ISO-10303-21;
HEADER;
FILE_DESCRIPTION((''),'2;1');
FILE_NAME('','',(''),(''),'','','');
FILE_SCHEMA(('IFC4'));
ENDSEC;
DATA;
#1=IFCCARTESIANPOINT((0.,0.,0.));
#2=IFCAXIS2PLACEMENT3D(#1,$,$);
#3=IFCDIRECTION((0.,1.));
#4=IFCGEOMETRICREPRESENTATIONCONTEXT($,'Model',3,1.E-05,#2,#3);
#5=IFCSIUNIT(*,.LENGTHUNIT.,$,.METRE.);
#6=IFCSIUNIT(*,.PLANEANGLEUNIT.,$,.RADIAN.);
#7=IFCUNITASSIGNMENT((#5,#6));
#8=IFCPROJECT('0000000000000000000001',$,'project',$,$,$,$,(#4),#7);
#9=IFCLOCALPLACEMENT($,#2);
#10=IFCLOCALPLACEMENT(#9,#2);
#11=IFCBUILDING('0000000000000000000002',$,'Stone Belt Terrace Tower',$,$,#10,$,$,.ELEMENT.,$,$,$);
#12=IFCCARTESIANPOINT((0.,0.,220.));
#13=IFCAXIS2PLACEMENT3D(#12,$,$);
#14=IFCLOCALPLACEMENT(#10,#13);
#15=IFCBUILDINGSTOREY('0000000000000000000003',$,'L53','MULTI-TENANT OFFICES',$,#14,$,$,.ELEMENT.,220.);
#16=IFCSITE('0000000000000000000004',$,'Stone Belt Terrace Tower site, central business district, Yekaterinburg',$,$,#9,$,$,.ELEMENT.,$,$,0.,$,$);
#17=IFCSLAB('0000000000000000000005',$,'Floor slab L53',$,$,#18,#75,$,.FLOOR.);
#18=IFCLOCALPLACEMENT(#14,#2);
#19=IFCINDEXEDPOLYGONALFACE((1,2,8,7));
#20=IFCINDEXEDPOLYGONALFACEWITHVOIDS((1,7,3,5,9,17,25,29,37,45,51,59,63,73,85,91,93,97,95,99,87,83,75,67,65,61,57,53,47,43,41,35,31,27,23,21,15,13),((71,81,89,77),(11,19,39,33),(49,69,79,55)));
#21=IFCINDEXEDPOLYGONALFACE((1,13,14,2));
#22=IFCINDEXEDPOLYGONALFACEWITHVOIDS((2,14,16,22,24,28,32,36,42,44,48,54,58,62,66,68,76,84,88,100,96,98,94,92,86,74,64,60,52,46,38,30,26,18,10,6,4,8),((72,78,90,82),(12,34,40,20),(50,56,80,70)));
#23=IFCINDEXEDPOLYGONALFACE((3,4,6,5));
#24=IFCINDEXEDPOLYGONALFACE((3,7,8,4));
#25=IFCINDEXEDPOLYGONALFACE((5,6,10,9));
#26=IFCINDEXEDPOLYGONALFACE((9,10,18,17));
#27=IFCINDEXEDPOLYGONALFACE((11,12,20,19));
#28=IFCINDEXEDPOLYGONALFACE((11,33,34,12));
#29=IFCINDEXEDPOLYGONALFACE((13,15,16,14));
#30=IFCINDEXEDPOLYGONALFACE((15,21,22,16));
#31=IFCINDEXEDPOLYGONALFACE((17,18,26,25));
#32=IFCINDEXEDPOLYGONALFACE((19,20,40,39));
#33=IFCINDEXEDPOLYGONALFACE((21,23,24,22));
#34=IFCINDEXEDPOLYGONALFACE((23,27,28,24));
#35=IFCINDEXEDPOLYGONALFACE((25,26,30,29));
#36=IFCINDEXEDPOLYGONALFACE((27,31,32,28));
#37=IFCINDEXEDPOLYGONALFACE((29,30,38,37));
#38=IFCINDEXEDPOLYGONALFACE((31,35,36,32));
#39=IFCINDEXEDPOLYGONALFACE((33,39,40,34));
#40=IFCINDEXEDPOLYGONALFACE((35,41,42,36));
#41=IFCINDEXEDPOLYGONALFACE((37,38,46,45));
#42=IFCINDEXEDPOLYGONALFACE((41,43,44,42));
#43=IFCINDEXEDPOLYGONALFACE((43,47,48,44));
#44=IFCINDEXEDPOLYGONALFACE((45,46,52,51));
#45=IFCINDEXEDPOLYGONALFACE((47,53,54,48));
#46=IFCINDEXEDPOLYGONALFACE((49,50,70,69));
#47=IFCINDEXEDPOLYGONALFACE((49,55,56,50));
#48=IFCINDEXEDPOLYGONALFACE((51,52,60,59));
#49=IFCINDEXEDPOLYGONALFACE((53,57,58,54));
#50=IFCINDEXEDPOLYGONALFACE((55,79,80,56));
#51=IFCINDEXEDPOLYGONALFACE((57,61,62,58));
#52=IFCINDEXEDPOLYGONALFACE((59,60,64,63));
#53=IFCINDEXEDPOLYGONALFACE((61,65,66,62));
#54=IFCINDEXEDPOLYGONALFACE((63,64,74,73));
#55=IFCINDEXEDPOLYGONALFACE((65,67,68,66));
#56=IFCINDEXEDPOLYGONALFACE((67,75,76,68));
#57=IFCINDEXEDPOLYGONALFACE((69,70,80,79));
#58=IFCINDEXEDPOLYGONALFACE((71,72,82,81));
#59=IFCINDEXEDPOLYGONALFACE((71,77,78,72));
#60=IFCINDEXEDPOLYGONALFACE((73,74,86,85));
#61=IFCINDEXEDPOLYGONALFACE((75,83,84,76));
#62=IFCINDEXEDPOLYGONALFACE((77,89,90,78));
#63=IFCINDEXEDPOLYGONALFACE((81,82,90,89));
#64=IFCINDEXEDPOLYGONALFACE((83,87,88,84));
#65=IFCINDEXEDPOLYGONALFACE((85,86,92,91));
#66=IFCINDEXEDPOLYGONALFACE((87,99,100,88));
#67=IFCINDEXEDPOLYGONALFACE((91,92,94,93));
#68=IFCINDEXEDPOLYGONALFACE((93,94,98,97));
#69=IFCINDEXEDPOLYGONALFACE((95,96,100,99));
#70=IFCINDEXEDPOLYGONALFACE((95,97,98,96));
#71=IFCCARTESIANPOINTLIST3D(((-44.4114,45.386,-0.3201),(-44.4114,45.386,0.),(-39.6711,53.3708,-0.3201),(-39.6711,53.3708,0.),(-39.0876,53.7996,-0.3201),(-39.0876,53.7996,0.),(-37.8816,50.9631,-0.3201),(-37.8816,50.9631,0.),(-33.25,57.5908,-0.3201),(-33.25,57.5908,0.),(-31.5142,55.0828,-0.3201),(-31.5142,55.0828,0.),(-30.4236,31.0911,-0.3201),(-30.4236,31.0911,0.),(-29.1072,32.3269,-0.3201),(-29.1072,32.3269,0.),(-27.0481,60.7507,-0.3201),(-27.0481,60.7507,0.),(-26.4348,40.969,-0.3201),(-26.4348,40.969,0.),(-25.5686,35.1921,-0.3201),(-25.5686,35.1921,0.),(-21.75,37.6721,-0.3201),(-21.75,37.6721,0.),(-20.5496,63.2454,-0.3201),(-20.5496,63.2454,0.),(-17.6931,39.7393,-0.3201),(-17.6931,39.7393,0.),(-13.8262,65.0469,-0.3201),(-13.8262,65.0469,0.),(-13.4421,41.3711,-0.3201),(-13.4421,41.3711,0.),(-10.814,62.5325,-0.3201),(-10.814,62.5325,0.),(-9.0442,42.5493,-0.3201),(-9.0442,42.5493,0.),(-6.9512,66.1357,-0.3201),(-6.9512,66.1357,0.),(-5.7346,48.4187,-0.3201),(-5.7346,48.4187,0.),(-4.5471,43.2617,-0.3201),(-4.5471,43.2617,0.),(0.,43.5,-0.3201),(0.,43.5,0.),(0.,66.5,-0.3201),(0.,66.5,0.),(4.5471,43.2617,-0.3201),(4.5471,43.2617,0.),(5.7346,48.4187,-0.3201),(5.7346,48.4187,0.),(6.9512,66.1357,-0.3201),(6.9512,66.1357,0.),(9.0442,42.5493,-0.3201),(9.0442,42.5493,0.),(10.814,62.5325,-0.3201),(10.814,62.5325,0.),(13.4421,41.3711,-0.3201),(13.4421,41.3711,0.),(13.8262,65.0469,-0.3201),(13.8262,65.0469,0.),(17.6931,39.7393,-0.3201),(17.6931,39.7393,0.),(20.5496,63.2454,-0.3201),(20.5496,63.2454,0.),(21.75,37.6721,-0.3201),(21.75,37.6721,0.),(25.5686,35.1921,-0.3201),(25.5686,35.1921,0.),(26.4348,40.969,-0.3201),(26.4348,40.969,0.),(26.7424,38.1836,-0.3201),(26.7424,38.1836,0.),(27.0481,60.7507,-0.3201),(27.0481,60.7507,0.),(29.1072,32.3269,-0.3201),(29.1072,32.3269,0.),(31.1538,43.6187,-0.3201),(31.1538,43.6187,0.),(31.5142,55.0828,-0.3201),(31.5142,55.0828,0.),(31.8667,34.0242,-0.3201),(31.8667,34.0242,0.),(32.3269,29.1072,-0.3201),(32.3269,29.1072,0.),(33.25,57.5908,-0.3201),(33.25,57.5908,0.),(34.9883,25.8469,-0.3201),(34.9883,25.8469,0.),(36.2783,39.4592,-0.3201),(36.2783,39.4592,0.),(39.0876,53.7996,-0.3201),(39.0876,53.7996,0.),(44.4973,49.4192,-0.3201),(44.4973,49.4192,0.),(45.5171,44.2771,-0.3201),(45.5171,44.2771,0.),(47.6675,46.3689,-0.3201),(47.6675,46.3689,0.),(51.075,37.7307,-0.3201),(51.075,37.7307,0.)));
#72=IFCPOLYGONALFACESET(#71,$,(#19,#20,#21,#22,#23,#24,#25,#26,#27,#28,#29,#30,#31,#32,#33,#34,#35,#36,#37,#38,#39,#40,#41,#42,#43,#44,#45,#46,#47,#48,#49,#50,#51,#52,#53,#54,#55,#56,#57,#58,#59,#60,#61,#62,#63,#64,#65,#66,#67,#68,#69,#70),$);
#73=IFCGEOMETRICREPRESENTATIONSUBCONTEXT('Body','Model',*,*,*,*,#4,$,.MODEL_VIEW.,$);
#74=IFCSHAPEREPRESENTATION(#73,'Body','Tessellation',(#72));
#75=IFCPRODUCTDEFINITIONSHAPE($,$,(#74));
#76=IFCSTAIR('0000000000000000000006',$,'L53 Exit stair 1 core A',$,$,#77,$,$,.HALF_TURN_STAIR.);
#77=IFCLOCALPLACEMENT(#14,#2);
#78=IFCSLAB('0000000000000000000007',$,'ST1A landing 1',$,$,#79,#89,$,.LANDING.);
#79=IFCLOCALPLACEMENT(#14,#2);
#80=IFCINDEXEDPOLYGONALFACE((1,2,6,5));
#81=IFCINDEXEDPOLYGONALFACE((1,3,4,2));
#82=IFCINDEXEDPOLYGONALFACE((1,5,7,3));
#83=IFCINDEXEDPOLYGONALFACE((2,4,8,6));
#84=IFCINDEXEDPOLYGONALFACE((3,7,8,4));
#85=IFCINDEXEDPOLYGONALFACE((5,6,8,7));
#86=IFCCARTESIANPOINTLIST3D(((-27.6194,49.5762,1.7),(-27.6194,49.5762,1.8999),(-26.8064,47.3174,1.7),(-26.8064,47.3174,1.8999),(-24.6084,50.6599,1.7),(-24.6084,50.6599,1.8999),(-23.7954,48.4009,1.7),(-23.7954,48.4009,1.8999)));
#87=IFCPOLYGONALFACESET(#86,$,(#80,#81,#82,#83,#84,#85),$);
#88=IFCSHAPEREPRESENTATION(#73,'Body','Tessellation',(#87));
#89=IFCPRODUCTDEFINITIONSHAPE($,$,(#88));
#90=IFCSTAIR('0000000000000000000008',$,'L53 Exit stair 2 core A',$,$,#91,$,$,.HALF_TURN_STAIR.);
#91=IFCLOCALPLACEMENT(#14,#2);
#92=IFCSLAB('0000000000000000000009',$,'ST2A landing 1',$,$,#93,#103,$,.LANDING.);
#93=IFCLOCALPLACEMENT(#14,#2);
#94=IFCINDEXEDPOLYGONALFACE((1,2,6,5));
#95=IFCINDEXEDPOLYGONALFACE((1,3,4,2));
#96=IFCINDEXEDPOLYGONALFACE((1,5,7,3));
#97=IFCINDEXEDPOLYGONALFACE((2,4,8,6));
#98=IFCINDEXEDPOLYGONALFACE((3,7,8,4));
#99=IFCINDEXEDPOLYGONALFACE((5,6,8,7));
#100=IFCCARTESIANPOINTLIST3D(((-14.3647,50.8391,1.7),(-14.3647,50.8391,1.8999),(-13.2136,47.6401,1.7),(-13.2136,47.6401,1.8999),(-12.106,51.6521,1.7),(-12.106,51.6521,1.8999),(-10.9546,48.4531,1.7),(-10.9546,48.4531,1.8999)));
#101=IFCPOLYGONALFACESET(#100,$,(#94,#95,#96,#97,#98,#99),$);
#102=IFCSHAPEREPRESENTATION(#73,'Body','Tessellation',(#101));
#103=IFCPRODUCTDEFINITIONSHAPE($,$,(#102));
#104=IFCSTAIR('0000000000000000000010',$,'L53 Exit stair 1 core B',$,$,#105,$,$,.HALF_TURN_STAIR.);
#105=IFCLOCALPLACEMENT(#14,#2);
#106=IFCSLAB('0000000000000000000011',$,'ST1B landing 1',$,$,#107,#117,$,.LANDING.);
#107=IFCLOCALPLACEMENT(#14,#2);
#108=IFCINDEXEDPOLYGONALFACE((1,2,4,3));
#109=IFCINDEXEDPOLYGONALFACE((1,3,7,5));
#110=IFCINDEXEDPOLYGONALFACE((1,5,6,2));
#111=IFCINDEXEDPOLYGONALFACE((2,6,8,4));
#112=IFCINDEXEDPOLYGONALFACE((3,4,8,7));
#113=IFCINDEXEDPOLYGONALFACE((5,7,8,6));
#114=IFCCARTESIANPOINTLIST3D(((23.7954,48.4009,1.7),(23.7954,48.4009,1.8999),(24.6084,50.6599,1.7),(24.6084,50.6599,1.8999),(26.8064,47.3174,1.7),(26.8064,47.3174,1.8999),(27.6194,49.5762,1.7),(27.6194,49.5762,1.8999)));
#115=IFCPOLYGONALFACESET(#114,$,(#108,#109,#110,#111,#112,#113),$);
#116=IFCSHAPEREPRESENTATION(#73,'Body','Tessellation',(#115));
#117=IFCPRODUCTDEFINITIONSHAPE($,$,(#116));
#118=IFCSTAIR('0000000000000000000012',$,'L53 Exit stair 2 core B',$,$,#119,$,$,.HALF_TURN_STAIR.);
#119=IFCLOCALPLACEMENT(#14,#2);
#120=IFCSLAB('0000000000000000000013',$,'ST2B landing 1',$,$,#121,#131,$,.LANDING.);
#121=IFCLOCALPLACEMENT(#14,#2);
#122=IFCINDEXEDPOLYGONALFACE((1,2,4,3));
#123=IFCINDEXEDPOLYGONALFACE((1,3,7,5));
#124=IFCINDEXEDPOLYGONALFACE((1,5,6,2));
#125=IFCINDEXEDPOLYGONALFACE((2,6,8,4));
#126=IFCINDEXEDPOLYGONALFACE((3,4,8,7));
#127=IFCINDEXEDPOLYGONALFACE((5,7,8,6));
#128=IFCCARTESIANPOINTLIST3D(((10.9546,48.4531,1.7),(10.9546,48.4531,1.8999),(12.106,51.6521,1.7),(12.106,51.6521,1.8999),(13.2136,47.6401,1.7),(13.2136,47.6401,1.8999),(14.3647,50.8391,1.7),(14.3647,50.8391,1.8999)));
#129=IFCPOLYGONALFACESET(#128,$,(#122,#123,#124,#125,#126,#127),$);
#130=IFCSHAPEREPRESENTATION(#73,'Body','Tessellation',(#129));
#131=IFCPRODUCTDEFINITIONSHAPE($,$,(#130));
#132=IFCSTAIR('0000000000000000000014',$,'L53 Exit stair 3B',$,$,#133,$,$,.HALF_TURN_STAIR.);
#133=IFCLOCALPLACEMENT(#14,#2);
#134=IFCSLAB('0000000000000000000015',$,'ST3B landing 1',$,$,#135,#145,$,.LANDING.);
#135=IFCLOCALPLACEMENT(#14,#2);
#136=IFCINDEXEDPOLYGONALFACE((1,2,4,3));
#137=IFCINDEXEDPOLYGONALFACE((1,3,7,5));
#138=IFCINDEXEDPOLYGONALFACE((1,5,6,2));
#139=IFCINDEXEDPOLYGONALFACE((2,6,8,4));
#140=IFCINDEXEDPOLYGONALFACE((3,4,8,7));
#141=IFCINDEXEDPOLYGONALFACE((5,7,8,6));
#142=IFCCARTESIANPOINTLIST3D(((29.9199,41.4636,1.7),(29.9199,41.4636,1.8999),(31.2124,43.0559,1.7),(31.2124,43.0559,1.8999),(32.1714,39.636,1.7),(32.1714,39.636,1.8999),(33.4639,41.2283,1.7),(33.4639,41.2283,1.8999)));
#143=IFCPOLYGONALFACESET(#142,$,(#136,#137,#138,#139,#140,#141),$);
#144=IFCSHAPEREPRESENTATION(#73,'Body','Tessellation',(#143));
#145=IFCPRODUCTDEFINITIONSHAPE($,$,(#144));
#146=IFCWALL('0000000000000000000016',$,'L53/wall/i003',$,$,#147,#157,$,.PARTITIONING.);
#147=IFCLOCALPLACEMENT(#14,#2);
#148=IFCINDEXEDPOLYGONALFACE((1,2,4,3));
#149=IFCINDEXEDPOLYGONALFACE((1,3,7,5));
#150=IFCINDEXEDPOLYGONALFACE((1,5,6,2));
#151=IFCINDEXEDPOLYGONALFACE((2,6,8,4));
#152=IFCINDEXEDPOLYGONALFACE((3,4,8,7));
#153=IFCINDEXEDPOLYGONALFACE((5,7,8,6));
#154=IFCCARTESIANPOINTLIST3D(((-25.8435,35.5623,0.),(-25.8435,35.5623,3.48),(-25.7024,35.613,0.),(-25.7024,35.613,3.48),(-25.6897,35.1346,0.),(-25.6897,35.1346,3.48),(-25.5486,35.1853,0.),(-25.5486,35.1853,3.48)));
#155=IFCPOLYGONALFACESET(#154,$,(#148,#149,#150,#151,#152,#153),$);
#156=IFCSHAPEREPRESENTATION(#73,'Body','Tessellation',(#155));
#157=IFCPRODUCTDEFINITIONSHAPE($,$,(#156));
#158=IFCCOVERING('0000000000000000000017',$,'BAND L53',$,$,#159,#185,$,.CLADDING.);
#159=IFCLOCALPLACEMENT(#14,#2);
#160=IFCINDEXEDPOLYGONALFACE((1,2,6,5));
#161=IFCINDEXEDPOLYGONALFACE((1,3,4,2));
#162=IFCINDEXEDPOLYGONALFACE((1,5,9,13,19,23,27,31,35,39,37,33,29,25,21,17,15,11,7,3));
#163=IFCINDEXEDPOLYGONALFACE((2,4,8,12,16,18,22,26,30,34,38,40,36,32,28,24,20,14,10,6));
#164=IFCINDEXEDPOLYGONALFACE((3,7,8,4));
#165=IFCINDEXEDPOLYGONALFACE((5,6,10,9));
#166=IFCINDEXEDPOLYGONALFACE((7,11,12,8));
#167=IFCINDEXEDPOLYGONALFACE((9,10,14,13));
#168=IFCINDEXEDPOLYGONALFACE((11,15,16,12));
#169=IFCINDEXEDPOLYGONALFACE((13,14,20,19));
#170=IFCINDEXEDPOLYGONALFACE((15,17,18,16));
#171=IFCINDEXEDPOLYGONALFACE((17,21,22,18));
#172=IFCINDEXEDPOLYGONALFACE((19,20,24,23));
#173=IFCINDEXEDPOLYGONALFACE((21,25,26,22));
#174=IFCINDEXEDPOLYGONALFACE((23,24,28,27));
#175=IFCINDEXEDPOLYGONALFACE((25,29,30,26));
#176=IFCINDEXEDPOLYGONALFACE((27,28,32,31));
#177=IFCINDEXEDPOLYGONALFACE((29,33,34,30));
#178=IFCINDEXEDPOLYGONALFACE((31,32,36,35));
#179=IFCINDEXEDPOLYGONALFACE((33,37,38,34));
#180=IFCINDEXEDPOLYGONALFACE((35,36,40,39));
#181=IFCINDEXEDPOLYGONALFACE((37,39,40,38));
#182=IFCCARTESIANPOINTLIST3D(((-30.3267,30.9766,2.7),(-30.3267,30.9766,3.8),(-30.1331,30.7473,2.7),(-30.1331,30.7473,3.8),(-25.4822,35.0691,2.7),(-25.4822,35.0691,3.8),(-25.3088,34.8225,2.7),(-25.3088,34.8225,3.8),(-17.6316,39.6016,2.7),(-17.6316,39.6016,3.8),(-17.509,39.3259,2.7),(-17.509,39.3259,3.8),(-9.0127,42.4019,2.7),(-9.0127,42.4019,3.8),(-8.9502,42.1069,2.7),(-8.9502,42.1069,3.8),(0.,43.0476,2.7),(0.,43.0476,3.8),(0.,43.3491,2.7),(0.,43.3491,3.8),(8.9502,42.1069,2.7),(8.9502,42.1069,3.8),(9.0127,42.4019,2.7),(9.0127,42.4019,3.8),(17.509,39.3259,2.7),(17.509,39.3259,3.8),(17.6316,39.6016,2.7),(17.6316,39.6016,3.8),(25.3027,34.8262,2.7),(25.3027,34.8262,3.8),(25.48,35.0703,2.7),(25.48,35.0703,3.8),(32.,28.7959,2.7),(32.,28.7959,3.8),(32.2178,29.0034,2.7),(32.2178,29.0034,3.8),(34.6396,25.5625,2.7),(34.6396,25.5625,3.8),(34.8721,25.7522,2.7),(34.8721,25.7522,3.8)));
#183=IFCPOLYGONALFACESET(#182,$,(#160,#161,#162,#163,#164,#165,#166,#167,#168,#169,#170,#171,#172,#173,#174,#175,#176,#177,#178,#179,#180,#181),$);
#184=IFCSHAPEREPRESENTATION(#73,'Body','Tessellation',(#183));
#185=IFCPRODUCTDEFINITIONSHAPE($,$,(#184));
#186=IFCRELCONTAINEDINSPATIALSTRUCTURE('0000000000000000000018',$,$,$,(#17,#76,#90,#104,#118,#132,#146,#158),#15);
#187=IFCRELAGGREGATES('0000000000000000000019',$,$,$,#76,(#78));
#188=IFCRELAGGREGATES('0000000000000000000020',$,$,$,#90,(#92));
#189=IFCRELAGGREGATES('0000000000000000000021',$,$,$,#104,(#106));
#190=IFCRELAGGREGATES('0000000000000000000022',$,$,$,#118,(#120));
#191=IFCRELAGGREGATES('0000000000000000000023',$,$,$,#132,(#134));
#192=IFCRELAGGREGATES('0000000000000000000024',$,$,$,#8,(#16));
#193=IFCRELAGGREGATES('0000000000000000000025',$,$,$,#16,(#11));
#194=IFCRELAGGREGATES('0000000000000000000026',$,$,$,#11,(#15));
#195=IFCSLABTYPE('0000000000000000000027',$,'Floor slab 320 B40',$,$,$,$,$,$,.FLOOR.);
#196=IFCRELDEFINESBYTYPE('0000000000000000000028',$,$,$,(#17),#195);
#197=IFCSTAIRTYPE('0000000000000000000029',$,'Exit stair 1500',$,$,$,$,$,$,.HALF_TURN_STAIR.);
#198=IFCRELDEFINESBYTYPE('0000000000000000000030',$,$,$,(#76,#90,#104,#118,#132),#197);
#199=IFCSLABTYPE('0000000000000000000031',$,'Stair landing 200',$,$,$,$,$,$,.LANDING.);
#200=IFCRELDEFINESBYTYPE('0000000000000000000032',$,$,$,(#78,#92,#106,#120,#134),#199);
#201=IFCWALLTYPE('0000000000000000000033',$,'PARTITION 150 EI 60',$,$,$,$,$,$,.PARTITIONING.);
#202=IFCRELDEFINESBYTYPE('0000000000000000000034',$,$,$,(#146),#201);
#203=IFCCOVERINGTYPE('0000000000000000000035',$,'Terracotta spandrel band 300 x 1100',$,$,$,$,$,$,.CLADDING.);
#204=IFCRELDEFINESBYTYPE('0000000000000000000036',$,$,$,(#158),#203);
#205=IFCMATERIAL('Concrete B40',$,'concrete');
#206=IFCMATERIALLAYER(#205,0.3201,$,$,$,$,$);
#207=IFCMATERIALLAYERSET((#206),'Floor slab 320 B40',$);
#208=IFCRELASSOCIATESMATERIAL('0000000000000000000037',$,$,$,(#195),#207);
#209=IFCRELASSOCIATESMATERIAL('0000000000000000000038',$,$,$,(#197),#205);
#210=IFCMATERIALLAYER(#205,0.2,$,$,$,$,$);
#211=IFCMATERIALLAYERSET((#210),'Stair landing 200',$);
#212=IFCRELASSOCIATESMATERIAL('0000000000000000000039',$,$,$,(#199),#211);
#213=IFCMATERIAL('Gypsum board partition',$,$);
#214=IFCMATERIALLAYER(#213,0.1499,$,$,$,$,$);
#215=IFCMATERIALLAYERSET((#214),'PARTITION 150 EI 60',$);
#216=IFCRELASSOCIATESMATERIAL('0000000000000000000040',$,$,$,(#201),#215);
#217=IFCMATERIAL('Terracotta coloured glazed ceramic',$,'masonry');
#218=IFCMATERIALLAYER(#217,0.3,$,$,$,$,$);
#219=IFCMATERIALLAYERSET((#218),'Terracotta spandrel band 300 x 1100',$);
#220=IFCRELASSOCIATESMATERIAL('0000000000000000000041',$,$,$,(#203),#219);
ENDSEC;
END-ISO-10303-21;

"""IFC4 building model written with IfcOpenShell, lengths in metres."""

from ifc_helpers import new_model, si_unit, direction, frame, frame_2d, origin, place, context, subcontext, project, spatial, polyline, rectangle, outline, extrude, material, layer, layer_set, type_object, element, aggregate, save


model = new_model("IFC4")

# Units and contexts
model_context = context("Model", 3, precision=1e-05, world=origin(), true_north=direction((0.0, 1.0)))
body_context = subcontext(model_context, "Body", "Model", "MODEL_VIEW")
ifc_project = project(units=[si_unit("LENGTHUNIT", "METRE"), si_unit("PLANEANGLEUNIT", "RADIAN")], contexts=[model_context])

# Site, building, storey
site_placement = place(None, origin())
site = spatial("IfcSite", under=ifc_project, at=site_placement, Name="Stone Belt Terrace Tower site, central business district, Yekaterinburg", CompositionType="ELEMENT", RefElevation=0.0)
building_placement = place(site_placement, origin())
building = spatial("IfcBuilding", under=site, at=building_placement, Name="Stone Belt Terrace Tower", CompositionType="ELEMENT")
storey_placement = place(building_placement, frame((0.0, 0.0, 220.0)))
storey = spatial("IfcBuildingStorey", under=building, at=storey_placement, Name="L53", Description="MULTI-TENANT OFFICES", CompositionType="ELEMENT", Elevation=220.0)

# Slab
ifc_material_1 = material(Name="Concrete B40", Category="concrete")
ifc_layer_1 = layer(ifc_material_1, 0.3201)
ifc_layer_set_1 = layer_set([ifc_layer_1], Name="Floor slab 320 B40")
slab_type_1 = type_object("IfcSlabType", Name="Floor slab 320 B40", PredefinedType="FLOOR", material=ifc_layer_set_1)
slab_1_placement = place(storey_placement, frame((0.0, 0.0, -0.3201)))
element("IfcSlab", 1, at=slab_1_placement, inside=storey, type_object=slab_type_1, Name="Floor slab L53", PredefinedType="FLOOR", context=body_context, shape_type="SweptSolid", body=[
    extrude(outline(polyline([(-39.6711, 53.3708), (-39.0876, 53.7996), (-33.25, 57.5908), (-27.0481, 60.7507), (-20.5496, 63.2454), (-13.8262, 65.0469), (-6.9512, 66.1357), (0.0, 66.5), (6.9512, 66.1357), (13.8262, 65.0469), (20.5496, 63.2454), (27.0481, 60.7507), (33.25, 57.5908), (39.0876, 53.7996), (44.4973, 49.4192), (47.6675, 46.3689), (45.5171, 44.2771), (51.075, 37.7307), (34.9883, 25.8469), (32.3269, 29.1072), (29.1072, 32.3269), (25.5686, 35.1921), (21.75, 37.6721), (17.6931, 39.7393), (13.4421, 41.3711), (9.0442, 42.5493), (4.5471, 43.2617), (0.0, 43.5), (-4.5471, 43.2617), (-9.0442, 42.5493), (-13.4421, 41.3711), (-17.6931, 39.7393), (-21.75, 37.6721), (-25.5686, 35.1921), (-29.1072, 32.3269), (-30.4236, 31.0911), (-44.4114, 45.386), (-37.8816, 50.9631), (-39.6711, 53.3708)]), holes=[polyline([(-31.5142, 55.0828), (-26.4348, 40.969), (-5.7346, 48.4187), (-10.814, 62.5325), (-31.5142, 55.0828)]), polyline([(31.5142, 55.0828), (10.814, 62.5325), (5.7346, 48.4187), (26.4348, 40.969), (31.5142, 55.0828)]), polyline([(36.2783, 39.4592), (31.1538, 43.6187), (26.7424, 38.1836), (31.8667, 34.0242), (36.2783, 39.4592)])]), origin(), (0.0, 0.0, 1.0), 0.3201),
])

# Stairs, slabs
stair_type = type_object("IfcStairType", Name="Exit stair 1500", PredefinedType="HALF_TURN_STAIR", material=ifc_material_1)
stair_1_placement = place(storey_placement, origin())
stair_1 = element("IfcStair", 2, at=stair_1_placement, inside=storey, type_object=stair_type, Name="L53 Exit stair 1 core A", PredefinedType="HALF_TURN_STAIR")
ifc_layer_2 = layer(ifc_material_1, 0.2)
ifc_layer_set_2 = layer_set([ifc_layer_2], Name="Stair landing 200")
slab_type_2 = type_object("IfcSlabType", Name="Stair landing 200", PredefinedType="LANDING", material=ifc_layer_set_2)
slab_2_placement = place(storey_placement, frame((0.0, 0.0, 1.7)))
slab_2 = element("IfcSlab", 3, at=slab_2_placement, type_object=slab_type_2, Name="ST1A landing 1", PredefinedType="LANDING", context=body_context, shape_type="SweptSolid", body=[
    extrude(outline(polyline([(-23.7954, 48.4009), (-24.6084, 50.6599), (-27.6194, 49.5762), (-26.8064, 47.3174), (-23.7954, 48.4009)])), origin(), (0.0, 0.0, 1.0), 0.2),
])
aggregate(stair_1, [slab_2])
stair_2_placement = place(storey_placement, origin())
stair_2 = element("IfcStair", 4, at=stair_2_placement, inside=storey, type_object=stair_type, Name="L53 Exit stair 2 core A", PredefinedType="HALF_TURN_STAIR")
slab_3_placement = place(storey_placement, frame((0.0, 0.0, 1.7)))
slab_3 = element("IfcSlab", 5, at=slab_3_placement, type_object=slab_type_2, Name="ST2A landing 1", PredefinedType="LANDING", context=body_context, shape_type="SweptSolid", body=[
    extrude(outline(polyline([(-13.2136, 47.6401), (-10.9546, 48.4531), (-12.106, 51.6521), (-14.3647, 50.8391), (-13.2136, 47.6401)])), origin(), (0.0, 0.0, 1.0), 0.2),
])
aggregate(stair_2, [slab_3])
stair_3_placement = place(storey_placement, origin())
stair_3 = element("IfcStair", 6, at=stair_3_placement, inside=storey, type_object=stair_type, Name="L53 Exit stair 1 core B", PredefinedType="HALF_TURN_STAIR")
slab_4_placement = place(storey_placement, frame((0.0, 0.0, 1.7)))
slab_4 = element("IfcSlab", 7, at=slab_4_placement, type_object=slab_type_2, Name="ST1B landing 1", PredefinedType="LANDING", context=body_context, shape_type="SweptSolid", body=[
    extrude(outline(polyline([(26.8064, 47.3174), (27.6194, 49.5762), (24.6084, 50.6599), (23.7954, 48.4009), (26.8064, 47.3174)])), origin(), (0.0, 0.0, 1.0), 0.2),
])
aggregate(stair_3, [slab_4])
stair_4_placement = place(storey_placement, origin())
stair_4 = element("IfcStair", 8, at=stair_4_placement, inside=storey, type_object=stair_type, Name="L53 Exit stair 2 core B", PredefinedType="HALF_TURN_STAIR")
slab_5_placement = place(storey_placement, frame((0.0, 0.0, 1.7)))
slab_5 = element("IfcSlab", 9, at=slab_5_placement, type_object=slab_type_2, Name="ST2B landing 1", PredefinedType="LANDING", context=body_context, shape_type="SweptSolid", body=[
    extrude(outline(polyline([(14.3647, 50.8391), (12.106, 51.6521), (10.9546, 48.4531), (13.2136, 47.6401), (14.3647, 50.8391)])), origin(), (0.0, 0.0, 1.0), 0.2),
])
aggregate(stair_4, [slab_5])
stair_5_placement = place(storey_placement, origin())
stair_5 = element("IfcStair", 10, at=stair_5_placement, inside=storey, type_object=stair_type, Name="L53 Exit stair 3B", PredefinedType="HALF_TURN_STAIR")
slab_6_placement = place(storey_placement, frame((0.0, 0.0, 1.7)))
slab_6 = element("IfcSlab", 11, at=slab_6_placement, type_object=slab_type_2, Name="ST3B landing 1", PredefinedType="LANDING", context=body_context, shape_type="SweptSolid", body=[
    extrude(outline(polyline([(32.1714, 39.636), (33.4639, 41.2283), (31.2124, 43.0559), (29.9199, 41.4636), (32.1714, 39.636)])), origin(), (0.0, 0.0, 1.0), 0.2),
])
aggregate(stair_5, [slab_6])

# Wall
ifc_material_2 = material(Name="Gypsum board partition")
ifc_layer_3 = layer(ifc_material_2, 0.1499)
ifc_layer_set_3 = layer_set([ifc_layer_3], Name="PARTITION 150 EI 60")
wall_type = type_object("IfcWallType", Name="PARTITION 150 EI 60", PredefinedType="PARTITIONING", material=ifc_layer_set_3)
wall_placement = place(storey_placement, frame((-25.6191, 35.1599, 0.0), z_axis=(0.0, 0.0, 1.0), x_axis=(-0.338377, 0.941011, 0.0)))
element("IfcWall", 12, at=wall_placement, inside=storey, type_object=wall_type, Name="L53/wall/i003", PredefinedType="PARTITIONING", context=body_context, shape_type="SweptSolid", body=[
    extrude(rectangle(XDim=0.4546, YDim=0.1499, at=frame_2d((0.2273, 0.0))), origin(), (0.0, 0.0, 1.0), 3.48),
])

# Covering
ifc_material_3 = material(Name="Terracotta coloured glazed ceramic", Category="masonry")
ifc_layer_4 = layer(ifc_material_3, 0.3)
ifc_layer_set_4 = layer_set([ifc_layer_4], Name="Terracotta spandrel band 300 x 1100")
covering_type = type_object("IfcCoveringType", Name="Terracotta spandrel band 300 x 1100", PredefinedType="CLADDING", material=ifc_layer_set_4)
covering_placement = place(storey_placement, frame((0.0, 0.0, 2.7)))
element("IfcCovering", 13, at=covering_placement, inside=storey, type_object=covering_type, Name="BAND L53", PredefinedType="CLADDING", context=body_context, shape_type="SweptSolid", body=[
    extrude(outline(polyline([(-30.3267, 30.9766), (-25.4822, 35.0691), (-17.6316, 39.6016), (-9.0127, 42.4019), (0.0, 43.3491), (9.0127, 42.4019), (17.6316, 39.6016), (25.48, 35.0703), (32.2178, 29.0034), (34.8721, 25.7522), (34.6396, 25.5625), (32.0, 28.7959), (25.3027, 34.8262), (17.509, 39.3259), (8.9502, 42.1069), (0.0, 43.0476), (-8.9502, 42.1069), (-17.509, 39.3259), (-25.3088, 34.8225), (-30.1331, 30.7473), (-30.3267, 30.9766)])), origin(), (0.0, 0.0, 1.0), 1.1001),
])

save(model, "model.ifc")
